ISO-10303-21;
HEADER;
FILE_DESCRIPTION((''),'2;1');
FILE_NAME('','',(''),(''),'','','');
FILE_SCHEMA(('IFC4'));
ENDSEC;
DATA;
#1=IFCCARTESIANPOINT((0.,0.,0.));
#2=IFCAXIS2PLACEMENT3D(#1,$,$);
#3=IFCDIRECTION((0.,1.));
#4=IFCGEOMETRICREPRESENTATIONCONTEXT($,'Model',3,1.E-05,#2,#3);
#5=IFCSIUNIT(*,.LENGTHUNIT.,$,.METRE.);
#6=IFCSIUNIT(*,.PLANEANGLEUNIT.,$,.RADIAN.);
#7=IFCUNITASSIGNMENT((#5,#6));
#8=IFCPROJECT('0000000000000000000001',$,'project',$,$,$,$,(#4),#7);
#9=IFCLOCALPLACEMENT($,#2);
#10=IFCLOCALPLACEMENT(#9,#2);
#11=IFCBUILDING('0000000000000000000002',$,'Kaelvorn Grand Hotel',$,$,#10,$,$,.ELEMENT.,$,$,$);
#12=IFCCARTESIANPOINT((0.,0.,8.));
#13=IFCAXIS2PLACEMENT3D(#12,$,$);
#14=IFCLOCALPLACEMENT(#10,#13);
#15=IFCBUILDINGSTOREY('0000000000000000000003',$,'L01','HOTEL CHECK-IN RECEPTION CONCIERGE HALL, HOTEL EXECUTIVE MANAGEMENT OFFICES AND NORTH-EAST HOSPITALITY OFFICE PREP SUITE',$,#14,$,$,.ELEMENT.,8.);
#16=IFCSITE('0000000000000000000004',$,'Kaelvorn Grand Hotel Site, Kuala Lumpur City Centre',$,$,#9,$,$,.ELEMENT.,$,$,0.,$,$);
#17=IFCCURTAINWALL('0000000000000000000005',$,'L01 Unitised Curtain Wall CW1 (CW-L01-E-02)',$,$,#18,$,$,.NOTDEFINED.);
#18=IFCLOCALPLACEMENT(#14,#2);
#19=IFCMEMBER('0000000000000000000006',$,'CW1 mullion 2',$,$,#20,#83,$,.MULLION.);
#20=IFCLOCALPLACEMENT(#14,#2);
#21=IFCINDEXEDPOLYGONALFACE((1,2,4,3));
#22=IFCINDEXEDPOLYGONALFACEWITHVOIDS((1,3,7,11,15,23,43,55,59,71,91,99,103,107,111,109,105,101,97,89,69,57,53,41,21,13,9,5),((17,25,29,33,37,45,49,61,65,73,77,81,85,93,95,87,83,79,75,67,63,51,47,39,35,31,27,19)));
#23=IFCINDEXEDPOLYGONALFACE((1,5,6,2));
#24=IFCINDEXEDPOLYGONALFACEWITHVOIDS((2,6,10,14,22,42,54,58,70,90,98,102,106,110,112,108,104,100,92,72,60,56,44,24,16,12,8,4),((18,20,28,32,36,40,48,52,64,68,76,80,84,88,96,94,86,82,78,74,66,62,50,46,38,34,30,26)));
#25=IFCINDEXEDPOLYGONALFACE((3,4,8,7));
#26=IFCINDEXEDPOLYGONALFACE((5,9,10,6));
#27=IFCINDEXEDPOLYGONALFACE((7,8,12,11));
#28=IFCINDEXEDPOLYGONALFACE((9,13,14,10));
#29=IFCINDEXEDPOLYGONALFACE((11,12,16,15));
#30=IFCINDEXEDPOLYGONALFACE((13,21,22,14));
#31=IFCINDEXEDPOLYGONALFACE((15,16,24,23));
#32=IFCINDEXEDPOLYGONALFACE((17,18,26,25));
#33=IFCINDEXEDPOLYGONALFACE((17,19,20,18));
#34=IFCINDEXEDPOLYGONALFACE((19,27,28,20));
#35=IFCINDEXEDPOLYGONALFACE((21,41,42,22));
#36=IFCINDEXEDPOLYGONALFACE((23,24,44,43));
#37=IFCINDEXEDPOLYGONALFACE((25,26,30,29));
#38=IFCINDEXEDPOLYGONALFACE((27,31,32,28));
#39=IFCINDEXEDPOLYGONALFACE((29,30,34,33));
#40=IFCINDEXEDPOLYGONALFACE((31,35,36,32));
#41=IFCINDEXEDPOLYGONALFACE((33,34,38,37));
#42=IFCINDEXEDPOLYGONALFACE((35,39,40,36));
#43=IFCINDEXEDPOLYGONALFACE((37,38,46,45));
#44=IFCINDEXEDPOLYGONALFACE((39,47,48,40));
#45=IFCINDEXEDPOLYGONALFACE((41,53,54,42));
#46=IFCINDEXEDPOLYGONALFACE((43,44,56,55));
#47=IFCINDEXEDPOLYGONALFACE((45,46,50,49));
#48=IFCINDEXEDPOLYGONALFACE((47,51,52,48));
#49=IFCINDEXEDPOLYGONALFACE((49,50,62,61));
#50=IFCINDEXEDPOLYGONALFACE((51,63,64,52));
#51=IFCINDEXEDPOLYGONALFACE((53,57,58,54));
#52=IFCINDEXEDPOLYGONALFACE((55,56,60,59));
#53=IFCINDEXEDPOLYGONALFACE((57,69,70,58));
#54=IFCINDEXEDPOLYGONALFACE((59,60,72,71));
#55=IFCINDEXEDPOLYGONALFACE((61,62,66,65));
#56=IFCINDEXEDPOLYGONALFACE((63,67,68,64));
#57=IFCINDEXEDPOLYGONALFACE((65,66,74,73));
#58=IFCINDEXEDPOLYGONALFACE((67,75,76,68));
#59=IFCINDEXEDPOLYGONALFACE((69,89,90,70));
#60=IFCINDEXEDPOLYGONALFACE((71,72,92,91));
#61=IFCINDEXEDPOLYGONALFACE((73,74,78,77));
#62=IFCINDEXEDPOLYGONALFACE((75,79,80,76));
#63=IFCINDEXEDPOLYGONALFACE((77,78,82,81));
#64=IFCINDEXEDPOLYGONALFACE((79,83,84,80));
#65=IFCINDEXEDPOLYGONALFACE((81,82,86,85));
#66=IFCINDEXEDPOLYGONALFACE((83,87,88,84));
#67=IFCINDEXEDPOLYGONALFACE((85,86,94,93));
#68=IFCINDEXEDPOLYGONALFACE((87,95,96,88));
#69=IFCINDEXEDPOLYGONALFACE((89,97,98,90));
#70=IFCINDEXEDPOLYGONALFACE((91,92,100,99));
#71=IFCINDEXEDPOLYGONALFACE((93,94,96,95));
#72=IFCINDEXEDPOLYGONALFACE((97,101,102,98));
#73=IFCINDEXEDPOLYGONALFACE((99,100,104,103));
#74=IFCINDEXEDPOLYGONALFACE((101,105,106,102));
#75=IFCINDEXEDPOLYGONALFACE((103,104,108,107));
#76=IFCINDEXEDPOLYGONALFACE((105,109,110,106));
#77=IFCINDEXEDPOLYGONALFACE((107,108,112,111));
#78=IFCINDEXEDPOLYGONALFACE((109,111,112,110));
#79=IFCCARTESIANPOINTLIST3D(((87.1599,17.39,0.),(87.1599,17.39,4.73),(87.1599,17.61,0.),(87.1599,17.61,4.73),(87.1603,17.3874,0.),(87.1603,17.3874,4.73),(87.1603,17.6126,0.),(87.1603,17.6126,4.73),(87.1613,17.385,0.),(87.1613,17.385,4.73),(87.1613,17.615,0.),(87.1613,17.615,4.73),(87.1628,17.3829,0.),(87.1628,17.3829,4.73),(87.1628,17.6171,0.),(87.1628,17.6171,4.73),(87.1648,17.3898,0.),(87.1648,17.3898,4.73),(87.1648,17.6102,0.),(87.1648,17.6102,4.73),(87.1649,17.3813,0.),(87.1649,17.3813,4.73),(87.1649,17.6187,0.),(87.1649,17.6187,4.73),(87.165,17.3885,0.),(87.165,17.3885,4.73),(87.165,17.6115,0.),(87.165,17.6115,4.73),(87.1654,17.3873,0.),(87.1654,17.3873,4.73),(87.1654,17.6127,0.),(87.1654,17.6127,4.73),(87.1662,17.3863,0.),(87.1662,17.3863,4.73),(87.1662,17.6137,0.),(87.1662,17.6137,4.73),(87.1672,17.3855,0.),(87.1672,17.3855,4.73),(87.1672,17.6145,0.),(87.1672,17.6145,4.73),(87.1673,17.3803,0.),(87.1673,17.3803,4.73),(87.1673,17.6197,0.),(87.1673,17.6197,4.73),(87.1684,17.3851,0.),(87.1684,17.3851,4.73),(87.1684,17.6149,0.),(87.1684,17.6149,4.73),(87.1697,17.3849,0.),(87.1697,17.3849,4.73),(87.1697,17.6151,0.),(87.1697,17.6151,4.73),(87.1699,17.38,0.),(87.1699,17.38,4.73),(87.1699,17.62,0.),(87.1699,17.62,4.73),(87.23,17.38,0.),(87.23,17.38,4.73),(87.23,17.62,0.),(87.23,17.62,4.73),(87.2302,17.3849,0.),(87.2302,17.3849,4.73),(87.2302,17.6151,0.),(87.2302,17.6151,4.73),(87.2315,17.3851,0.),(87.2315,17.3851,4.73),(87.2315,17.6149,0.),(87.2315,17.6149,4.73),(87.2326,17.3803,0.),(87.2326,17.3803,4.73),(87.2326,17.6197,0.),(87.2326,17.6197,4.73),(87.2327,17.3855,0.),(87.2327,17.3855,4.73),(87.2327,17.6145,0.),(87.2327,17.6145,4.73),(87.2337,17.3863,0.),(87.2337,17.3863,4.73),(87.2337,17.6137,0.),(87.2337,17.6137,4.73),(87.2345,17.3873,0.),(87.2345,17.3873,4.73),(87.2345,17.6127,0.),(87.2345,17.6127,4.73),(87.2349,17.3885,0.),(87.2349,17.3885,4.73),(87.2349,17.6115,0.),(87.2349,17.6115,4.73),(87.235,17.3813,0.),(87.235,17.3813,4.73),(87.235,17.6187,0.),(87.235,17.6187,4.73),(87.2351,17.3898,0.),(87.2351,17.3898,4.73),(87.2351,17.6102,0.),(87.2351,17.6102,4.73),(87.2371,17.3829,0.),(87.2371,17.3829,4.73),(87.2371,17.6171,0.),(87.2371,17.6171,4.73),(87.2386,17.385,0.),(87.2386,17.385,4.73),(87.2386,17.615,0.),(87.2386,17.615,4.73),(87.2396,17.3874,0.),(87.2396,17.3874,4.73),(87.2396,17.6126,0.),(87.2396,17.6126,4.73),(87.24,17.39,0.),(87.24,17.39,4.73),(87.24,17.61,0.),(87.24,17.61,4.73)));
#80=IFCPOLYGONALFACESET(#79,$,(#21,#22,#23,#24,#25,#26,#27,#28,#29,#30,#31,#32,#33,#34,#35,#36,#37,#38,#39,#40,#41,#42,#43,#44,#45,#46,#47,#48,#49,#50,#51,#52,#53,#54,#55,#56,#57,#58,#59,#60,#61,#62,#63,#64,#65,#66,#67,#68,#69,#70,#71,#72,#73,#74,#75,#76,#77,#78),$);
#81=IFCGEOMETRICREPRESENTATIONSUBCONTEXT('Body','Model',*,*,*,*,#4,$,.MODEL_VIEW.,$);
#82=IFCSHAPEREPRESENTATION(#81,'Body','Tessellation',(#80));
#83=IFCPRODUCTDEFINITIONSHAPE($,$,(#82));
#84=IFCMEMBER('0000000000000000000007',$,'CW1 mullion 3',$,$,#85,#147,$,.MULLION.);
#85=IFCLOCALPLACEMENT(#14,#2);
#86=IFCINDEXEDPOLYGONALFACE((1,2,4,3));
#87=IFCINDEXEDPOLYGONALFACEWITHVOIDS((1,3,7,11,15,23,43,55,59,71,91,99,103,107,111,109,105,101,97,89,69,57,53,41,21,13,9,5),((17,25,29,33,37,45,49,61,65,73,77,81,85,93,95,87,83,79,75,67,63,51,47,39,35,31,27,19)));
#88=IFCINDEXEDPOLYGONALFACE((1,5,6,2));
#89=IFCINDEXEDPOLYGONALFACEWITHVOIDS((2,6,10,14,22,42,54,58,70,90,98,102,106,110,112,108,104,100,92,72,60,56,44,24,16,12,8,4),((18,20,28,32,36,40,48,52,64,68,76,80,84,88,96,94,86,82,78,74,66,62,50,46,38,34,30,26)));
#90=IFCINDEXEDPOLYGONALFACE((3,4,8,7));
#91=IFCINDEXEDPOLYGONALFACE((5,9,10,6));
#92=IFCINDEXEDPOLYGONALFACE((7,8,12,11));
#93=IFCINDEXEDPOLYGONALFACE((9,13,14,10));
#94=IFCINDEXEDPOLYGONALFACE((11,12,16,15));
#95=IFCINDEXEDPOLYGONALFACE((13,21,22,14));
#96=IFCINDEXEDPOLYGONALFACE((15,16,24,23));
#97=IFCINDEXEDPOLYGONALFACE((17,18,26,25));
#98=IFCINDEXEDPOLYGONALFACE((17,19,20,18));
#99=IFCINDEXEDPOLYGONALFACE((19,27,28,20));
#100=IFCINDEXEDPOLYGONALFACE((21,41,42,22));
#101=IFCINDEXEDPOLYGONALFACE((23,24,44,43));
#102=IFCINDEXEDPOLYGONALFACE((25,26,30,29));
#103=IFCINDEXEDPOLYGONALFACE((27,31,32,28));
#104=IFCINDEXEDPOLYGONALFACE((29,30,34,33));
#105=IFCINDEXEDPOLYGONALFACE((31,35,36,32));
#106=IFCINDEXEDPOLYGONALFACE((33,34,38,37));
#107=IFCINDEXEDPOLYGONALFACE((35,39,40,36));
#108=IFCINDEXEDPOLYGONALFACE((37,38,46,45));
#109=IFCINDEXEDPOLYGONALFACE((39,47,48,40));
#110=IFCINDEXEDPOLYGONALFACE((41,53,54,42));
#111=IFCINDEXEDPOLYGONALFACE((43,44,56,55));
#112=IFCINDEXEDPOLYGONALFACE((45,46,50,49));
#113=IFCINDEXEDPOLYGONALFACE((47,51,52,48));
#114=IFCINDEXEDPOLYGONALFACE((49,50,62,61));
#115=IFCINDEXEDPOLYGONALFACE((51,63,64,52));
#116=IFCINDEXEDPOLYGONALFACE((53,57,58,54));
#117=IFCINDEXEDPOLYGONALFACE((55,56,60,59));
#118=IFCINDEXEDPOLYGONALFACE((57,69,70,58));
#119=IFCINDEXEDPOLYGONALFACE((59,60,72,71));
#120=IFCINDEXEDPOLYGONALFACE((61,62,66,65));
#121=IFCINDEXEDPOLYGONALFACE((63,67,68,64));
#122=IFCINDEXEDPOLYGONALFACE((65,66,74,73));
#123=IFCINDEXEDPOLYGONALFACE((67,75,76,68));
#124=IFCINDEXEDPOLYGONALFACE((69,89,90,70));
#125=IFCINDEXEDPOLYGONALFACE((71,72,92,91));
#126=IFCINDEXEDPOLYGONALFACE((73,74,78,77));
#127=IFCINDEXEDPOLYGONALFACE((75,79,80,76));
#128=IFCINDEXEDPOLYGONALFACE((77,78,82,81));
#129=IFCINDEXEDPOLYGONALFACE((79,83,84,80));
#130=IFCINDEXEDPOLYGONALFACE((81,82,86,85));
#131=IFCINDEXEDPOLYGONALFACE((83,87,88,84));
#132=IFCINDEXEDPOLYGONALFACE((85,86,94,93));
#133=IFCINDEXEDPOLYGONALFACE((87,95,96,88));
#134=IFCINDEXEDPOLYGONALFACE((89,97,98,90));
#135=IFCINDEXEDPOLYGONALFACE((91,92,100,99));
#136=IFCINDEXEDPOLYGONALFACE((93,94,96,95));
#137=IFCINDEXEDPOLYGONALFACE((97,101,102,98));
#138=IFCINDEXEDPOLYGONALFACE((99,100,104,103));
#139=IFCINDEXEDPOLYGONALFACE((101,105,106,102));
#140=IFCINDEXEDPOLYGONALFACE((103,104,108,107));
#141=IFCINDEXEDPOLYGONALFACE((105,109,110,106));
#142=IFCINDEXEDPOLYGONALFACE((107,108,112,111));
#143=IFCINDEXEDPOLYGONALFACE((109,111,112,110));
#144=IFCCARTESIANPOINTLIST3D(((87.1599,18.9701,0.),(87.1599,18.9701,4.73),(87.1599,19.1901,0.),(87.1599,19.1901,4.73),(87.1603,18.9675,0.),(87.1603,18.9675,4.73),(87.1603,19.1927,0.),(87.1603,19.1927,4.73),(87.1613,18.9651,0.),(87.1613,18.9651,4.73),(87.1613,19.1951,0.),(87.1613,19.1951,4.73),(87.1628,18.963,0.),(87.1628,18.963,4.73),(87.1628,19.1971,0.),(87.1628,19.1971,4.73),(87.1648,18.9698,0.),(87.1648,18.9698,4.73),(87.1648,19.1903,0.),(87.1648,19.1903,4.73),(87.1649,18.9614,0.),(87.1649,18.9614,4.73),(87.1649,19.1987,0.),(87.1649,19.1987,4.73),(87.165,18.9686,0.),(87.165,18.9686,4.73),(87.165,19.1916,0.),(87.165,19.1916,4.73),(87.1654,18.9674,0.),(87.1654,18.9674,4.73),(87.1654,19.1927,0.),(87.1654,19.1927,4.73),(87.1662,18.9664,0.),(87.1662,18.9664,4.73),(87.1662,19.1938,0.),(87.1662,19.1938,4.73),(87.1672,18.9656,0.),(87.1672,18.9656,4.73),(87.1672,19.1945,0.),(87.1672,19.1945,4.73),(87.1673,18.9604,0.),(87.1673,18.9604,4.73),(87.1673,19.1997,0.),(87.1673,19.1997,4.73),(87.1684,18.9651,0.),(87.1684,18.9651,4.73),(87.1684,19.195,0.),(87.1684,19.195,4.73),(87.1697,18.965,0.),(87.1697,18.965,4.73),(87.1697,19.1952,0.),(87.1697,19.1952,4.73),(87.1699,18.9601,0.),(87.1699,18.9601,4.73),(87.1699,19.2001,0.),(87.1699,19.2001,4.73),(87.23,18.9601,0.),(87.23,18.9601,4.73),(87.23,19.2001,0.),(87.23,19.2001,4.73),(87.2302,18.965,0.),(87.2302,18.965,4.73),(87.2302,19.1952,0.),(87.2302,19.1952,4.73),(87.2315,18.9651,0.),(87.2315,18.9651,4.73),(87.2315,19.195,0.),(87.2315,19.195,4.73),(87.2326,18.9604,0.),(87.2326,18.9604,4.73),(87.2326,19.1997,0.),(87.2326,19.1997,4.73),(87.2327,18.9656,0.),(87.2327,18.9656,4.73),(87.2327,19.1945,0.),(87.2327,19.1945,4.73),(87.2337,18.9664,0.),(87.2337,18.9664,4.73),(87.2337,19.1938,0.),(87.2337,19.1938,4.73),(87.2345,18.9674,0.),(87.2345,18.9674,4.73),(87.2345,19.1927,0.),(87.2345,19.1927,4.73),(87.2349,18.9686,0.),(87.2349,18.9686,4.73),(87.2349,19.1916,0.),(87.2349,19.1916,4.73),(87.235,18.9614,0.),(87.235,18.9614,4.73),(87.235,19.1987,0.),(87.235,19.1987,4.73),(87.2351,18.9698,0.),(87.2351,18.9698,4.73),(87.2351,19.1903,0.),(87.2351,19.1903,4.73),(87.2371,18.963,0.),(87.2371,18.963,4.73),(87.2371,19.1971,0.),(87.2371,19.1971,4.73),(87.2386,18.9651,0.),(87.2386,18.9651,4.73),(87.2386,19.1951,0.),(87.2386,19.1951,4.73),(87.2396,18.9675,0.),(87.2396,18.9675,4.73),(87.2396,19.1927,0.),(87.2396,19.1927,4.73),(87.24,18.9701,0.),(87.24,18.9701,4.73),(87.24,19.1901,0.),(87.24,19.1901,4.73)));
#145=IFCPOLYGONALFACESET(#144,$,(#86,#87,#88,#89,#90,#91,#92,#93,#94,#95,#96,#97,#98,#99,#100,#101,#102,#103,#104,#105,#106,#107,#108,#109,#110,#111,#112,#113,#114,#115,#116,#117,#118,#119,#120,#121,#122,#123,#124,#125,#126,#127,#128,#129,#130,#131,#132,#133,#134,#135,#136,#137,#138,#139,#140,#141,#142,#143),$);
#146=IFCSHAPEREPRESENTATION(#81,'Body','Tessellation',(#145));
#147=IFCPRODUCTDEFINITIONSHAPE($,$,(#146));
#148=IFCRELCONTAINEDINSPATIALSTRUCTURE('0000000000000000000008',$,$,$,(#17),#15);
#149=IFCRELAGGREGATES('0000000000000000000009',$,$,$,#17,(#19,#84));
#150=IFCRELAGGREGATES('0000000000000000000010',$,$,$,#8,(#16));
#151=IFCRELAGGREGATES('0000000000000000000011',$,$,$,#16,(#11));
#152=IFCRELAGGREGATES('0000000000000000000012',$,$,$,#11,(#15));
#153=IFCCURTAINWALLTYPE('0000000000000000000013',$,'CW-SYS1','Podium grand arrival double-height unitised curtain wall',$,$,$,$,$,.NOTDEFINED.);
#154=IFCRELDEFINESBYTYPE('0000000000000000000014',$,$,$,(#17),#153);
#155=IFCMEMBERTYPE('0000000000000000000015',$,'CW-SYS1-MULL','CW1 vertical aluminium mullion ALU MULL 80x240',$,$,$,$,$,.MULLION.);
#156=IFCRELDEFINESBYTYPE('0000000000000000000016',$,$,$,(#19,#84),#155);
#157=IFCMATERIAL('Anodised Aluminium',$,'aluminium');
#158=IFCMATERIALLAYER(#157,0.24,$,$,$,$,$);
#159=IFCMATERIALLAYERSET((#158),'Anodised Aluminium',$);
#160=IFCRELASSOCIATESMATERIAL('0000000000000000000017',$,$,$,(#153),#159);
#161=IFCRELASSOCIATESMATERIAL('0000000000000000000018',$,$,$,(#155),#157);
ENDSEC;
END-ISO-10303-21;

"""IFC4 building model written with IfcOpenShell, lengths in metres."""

from ifc_helpers import new_model, si_unit, direction, frame, origin, origin_2d, place, context, subcontext, project, spatial, hollow_rectangle, extrude, material, layer, layer_set, material_profile, profile_set, type_object, element, aggregate, save


model = new_model("IFC4")

# Units and contexts
model_context = context("Model", 3, precision=1e-05, world=origin(), true_north=direction((0.0, 1.0)))
body_context = subcontext(model_context, "Body", "Model", "MODEL_VIEW")
ifc_project = project(units=[si_unit("LENGTHUNIT", "METRE"), si_unit("PLANEANGLEUNIT", "RADIAN")], contexts=[model_context])

# Site, building, storey
site_placement = place(None, origin())
site = spatial("IfcSite", under=ifc_project, at=site_placement, Name="Kaelvorn Grand Hotel Site, Kuala Lumpur City Centre", CompositionType="ELEMENT", RefElevation=0.0)
building_placement = place(site_placement, origin())
building = spatial("IfcBuilding", under=site, at=building_placement, Name="Kaelvorn Grand Hotel", CompositionType="ELEMENT")
storey_placement = place(building_placement, frame((0.0, 0.0, 8.0)))
storey = spatial("IfcBuildingStorey", under=building, at=storey_placement, Name="L01", Description="HOTEL CHECK-IN RECEPTION CONCIERGE HALL, HOTEL EXECUTIVE MANAGEMENT OFFICES AND NORTH-EAST HOSPITALITY OFFICE PREP SUITE", CompositionType="ELEMENT", Elevation=8.0)

# Curtain wall, members
ifc_material_1 = material(Name="Anodised Aluminium", Category="aluminium")
ifc_layer_1 = layer(ifc_material_1, 0.24)
ifc_layer_set_1 = layer_set([ifc_layer_1], Name="Anodised Aluminium")
curtain_wall_type = type_object("IfcCurtainWallType", Name="CW-SYS1", Description="Podium grand arrival double-height unitised curtain wall", PredefinedType="NOTDEFINED", material=ifc_layer_set_1)
curtain_wall_placement = place(storey_placement, origin())
curtain_wall = element("IfcCurtainWall", 1, at=curtain_wall_placement, inside=storey, type_object=curtain_wall_type, Name="L01 Unitised Curtain Wall CW1 (CW-L01-E-02)", PredefinedType="NOTDEFINED")
ifc_material_profile_1 = material_profile(ifc_material_1, hollow_rectangle(XDim=0.0801, YDim=0.24, WallThickness=0.0049, InnerFilletRadius=0.0049, OuterFilletRadius=0.01, at=origin_2d()), Name="ALU MULL 80x240")
ifc_profile_set_1 = profile_set([ifc_material_profile_1], Name="Anodised Aluminium")
member_type_1 = type_object("IfcMemberType", Name="CW-SYS1-MULL", Description="CW1 vertical aluminium mullion ALU MULL 80x240", PredefinedType="MULLION", material=ifc_profile_set_1)
member_1_placement = place(storey_placement, frame((87.2, 17.5, 0.0), z_axis=(0.0, 0.0, 1.0), x_axis=(-1.0, 0.0, 0.0)))
member_1 = element("IfcMember", 2, at=member_1_placement, type_object=member_type_1, Name="CW1 mullion 2", PredefinedType="MULLION", context=body_context, shape_type="SweptSolid", body=[
    extrude(hollow_rectangle(XDim=0.0801, YDim=0.24, WallThickness=0.0049, InnerFilletRadius=0.0049, OuterFilletRadius=0.01, at=origin_2d()), origin(), (0.0, 0.0, 1.0), 4.73),
])
member_2_placement = place(storey_placement, frame((87.2, 19.0801, 0.0), z_axis=(0.0, 0.0, 1.0), x_axis=(-1.0, 0.0, 0.0)))
member_2 = element("IfcMember", 3, at=member_2_placement, type_object=member_type_1, Name="CW1 mullion 3", PredefinedType="MULLION", context=body_context, shape_type="SweptSolid", body=[
    extrude(hollow_rectangle(XDim=0.0801, YDim=0.24, WallThickness=0.0049, InnerFilletRadius=0.0049, OuterFilletRadius=0.01, at=origin_2d()), origin(), (0.0, 0.0, 1.0), 4.73),
])
aggregate(curtain_wall, [member_1, member_2])

save(model, "model.ifc")
